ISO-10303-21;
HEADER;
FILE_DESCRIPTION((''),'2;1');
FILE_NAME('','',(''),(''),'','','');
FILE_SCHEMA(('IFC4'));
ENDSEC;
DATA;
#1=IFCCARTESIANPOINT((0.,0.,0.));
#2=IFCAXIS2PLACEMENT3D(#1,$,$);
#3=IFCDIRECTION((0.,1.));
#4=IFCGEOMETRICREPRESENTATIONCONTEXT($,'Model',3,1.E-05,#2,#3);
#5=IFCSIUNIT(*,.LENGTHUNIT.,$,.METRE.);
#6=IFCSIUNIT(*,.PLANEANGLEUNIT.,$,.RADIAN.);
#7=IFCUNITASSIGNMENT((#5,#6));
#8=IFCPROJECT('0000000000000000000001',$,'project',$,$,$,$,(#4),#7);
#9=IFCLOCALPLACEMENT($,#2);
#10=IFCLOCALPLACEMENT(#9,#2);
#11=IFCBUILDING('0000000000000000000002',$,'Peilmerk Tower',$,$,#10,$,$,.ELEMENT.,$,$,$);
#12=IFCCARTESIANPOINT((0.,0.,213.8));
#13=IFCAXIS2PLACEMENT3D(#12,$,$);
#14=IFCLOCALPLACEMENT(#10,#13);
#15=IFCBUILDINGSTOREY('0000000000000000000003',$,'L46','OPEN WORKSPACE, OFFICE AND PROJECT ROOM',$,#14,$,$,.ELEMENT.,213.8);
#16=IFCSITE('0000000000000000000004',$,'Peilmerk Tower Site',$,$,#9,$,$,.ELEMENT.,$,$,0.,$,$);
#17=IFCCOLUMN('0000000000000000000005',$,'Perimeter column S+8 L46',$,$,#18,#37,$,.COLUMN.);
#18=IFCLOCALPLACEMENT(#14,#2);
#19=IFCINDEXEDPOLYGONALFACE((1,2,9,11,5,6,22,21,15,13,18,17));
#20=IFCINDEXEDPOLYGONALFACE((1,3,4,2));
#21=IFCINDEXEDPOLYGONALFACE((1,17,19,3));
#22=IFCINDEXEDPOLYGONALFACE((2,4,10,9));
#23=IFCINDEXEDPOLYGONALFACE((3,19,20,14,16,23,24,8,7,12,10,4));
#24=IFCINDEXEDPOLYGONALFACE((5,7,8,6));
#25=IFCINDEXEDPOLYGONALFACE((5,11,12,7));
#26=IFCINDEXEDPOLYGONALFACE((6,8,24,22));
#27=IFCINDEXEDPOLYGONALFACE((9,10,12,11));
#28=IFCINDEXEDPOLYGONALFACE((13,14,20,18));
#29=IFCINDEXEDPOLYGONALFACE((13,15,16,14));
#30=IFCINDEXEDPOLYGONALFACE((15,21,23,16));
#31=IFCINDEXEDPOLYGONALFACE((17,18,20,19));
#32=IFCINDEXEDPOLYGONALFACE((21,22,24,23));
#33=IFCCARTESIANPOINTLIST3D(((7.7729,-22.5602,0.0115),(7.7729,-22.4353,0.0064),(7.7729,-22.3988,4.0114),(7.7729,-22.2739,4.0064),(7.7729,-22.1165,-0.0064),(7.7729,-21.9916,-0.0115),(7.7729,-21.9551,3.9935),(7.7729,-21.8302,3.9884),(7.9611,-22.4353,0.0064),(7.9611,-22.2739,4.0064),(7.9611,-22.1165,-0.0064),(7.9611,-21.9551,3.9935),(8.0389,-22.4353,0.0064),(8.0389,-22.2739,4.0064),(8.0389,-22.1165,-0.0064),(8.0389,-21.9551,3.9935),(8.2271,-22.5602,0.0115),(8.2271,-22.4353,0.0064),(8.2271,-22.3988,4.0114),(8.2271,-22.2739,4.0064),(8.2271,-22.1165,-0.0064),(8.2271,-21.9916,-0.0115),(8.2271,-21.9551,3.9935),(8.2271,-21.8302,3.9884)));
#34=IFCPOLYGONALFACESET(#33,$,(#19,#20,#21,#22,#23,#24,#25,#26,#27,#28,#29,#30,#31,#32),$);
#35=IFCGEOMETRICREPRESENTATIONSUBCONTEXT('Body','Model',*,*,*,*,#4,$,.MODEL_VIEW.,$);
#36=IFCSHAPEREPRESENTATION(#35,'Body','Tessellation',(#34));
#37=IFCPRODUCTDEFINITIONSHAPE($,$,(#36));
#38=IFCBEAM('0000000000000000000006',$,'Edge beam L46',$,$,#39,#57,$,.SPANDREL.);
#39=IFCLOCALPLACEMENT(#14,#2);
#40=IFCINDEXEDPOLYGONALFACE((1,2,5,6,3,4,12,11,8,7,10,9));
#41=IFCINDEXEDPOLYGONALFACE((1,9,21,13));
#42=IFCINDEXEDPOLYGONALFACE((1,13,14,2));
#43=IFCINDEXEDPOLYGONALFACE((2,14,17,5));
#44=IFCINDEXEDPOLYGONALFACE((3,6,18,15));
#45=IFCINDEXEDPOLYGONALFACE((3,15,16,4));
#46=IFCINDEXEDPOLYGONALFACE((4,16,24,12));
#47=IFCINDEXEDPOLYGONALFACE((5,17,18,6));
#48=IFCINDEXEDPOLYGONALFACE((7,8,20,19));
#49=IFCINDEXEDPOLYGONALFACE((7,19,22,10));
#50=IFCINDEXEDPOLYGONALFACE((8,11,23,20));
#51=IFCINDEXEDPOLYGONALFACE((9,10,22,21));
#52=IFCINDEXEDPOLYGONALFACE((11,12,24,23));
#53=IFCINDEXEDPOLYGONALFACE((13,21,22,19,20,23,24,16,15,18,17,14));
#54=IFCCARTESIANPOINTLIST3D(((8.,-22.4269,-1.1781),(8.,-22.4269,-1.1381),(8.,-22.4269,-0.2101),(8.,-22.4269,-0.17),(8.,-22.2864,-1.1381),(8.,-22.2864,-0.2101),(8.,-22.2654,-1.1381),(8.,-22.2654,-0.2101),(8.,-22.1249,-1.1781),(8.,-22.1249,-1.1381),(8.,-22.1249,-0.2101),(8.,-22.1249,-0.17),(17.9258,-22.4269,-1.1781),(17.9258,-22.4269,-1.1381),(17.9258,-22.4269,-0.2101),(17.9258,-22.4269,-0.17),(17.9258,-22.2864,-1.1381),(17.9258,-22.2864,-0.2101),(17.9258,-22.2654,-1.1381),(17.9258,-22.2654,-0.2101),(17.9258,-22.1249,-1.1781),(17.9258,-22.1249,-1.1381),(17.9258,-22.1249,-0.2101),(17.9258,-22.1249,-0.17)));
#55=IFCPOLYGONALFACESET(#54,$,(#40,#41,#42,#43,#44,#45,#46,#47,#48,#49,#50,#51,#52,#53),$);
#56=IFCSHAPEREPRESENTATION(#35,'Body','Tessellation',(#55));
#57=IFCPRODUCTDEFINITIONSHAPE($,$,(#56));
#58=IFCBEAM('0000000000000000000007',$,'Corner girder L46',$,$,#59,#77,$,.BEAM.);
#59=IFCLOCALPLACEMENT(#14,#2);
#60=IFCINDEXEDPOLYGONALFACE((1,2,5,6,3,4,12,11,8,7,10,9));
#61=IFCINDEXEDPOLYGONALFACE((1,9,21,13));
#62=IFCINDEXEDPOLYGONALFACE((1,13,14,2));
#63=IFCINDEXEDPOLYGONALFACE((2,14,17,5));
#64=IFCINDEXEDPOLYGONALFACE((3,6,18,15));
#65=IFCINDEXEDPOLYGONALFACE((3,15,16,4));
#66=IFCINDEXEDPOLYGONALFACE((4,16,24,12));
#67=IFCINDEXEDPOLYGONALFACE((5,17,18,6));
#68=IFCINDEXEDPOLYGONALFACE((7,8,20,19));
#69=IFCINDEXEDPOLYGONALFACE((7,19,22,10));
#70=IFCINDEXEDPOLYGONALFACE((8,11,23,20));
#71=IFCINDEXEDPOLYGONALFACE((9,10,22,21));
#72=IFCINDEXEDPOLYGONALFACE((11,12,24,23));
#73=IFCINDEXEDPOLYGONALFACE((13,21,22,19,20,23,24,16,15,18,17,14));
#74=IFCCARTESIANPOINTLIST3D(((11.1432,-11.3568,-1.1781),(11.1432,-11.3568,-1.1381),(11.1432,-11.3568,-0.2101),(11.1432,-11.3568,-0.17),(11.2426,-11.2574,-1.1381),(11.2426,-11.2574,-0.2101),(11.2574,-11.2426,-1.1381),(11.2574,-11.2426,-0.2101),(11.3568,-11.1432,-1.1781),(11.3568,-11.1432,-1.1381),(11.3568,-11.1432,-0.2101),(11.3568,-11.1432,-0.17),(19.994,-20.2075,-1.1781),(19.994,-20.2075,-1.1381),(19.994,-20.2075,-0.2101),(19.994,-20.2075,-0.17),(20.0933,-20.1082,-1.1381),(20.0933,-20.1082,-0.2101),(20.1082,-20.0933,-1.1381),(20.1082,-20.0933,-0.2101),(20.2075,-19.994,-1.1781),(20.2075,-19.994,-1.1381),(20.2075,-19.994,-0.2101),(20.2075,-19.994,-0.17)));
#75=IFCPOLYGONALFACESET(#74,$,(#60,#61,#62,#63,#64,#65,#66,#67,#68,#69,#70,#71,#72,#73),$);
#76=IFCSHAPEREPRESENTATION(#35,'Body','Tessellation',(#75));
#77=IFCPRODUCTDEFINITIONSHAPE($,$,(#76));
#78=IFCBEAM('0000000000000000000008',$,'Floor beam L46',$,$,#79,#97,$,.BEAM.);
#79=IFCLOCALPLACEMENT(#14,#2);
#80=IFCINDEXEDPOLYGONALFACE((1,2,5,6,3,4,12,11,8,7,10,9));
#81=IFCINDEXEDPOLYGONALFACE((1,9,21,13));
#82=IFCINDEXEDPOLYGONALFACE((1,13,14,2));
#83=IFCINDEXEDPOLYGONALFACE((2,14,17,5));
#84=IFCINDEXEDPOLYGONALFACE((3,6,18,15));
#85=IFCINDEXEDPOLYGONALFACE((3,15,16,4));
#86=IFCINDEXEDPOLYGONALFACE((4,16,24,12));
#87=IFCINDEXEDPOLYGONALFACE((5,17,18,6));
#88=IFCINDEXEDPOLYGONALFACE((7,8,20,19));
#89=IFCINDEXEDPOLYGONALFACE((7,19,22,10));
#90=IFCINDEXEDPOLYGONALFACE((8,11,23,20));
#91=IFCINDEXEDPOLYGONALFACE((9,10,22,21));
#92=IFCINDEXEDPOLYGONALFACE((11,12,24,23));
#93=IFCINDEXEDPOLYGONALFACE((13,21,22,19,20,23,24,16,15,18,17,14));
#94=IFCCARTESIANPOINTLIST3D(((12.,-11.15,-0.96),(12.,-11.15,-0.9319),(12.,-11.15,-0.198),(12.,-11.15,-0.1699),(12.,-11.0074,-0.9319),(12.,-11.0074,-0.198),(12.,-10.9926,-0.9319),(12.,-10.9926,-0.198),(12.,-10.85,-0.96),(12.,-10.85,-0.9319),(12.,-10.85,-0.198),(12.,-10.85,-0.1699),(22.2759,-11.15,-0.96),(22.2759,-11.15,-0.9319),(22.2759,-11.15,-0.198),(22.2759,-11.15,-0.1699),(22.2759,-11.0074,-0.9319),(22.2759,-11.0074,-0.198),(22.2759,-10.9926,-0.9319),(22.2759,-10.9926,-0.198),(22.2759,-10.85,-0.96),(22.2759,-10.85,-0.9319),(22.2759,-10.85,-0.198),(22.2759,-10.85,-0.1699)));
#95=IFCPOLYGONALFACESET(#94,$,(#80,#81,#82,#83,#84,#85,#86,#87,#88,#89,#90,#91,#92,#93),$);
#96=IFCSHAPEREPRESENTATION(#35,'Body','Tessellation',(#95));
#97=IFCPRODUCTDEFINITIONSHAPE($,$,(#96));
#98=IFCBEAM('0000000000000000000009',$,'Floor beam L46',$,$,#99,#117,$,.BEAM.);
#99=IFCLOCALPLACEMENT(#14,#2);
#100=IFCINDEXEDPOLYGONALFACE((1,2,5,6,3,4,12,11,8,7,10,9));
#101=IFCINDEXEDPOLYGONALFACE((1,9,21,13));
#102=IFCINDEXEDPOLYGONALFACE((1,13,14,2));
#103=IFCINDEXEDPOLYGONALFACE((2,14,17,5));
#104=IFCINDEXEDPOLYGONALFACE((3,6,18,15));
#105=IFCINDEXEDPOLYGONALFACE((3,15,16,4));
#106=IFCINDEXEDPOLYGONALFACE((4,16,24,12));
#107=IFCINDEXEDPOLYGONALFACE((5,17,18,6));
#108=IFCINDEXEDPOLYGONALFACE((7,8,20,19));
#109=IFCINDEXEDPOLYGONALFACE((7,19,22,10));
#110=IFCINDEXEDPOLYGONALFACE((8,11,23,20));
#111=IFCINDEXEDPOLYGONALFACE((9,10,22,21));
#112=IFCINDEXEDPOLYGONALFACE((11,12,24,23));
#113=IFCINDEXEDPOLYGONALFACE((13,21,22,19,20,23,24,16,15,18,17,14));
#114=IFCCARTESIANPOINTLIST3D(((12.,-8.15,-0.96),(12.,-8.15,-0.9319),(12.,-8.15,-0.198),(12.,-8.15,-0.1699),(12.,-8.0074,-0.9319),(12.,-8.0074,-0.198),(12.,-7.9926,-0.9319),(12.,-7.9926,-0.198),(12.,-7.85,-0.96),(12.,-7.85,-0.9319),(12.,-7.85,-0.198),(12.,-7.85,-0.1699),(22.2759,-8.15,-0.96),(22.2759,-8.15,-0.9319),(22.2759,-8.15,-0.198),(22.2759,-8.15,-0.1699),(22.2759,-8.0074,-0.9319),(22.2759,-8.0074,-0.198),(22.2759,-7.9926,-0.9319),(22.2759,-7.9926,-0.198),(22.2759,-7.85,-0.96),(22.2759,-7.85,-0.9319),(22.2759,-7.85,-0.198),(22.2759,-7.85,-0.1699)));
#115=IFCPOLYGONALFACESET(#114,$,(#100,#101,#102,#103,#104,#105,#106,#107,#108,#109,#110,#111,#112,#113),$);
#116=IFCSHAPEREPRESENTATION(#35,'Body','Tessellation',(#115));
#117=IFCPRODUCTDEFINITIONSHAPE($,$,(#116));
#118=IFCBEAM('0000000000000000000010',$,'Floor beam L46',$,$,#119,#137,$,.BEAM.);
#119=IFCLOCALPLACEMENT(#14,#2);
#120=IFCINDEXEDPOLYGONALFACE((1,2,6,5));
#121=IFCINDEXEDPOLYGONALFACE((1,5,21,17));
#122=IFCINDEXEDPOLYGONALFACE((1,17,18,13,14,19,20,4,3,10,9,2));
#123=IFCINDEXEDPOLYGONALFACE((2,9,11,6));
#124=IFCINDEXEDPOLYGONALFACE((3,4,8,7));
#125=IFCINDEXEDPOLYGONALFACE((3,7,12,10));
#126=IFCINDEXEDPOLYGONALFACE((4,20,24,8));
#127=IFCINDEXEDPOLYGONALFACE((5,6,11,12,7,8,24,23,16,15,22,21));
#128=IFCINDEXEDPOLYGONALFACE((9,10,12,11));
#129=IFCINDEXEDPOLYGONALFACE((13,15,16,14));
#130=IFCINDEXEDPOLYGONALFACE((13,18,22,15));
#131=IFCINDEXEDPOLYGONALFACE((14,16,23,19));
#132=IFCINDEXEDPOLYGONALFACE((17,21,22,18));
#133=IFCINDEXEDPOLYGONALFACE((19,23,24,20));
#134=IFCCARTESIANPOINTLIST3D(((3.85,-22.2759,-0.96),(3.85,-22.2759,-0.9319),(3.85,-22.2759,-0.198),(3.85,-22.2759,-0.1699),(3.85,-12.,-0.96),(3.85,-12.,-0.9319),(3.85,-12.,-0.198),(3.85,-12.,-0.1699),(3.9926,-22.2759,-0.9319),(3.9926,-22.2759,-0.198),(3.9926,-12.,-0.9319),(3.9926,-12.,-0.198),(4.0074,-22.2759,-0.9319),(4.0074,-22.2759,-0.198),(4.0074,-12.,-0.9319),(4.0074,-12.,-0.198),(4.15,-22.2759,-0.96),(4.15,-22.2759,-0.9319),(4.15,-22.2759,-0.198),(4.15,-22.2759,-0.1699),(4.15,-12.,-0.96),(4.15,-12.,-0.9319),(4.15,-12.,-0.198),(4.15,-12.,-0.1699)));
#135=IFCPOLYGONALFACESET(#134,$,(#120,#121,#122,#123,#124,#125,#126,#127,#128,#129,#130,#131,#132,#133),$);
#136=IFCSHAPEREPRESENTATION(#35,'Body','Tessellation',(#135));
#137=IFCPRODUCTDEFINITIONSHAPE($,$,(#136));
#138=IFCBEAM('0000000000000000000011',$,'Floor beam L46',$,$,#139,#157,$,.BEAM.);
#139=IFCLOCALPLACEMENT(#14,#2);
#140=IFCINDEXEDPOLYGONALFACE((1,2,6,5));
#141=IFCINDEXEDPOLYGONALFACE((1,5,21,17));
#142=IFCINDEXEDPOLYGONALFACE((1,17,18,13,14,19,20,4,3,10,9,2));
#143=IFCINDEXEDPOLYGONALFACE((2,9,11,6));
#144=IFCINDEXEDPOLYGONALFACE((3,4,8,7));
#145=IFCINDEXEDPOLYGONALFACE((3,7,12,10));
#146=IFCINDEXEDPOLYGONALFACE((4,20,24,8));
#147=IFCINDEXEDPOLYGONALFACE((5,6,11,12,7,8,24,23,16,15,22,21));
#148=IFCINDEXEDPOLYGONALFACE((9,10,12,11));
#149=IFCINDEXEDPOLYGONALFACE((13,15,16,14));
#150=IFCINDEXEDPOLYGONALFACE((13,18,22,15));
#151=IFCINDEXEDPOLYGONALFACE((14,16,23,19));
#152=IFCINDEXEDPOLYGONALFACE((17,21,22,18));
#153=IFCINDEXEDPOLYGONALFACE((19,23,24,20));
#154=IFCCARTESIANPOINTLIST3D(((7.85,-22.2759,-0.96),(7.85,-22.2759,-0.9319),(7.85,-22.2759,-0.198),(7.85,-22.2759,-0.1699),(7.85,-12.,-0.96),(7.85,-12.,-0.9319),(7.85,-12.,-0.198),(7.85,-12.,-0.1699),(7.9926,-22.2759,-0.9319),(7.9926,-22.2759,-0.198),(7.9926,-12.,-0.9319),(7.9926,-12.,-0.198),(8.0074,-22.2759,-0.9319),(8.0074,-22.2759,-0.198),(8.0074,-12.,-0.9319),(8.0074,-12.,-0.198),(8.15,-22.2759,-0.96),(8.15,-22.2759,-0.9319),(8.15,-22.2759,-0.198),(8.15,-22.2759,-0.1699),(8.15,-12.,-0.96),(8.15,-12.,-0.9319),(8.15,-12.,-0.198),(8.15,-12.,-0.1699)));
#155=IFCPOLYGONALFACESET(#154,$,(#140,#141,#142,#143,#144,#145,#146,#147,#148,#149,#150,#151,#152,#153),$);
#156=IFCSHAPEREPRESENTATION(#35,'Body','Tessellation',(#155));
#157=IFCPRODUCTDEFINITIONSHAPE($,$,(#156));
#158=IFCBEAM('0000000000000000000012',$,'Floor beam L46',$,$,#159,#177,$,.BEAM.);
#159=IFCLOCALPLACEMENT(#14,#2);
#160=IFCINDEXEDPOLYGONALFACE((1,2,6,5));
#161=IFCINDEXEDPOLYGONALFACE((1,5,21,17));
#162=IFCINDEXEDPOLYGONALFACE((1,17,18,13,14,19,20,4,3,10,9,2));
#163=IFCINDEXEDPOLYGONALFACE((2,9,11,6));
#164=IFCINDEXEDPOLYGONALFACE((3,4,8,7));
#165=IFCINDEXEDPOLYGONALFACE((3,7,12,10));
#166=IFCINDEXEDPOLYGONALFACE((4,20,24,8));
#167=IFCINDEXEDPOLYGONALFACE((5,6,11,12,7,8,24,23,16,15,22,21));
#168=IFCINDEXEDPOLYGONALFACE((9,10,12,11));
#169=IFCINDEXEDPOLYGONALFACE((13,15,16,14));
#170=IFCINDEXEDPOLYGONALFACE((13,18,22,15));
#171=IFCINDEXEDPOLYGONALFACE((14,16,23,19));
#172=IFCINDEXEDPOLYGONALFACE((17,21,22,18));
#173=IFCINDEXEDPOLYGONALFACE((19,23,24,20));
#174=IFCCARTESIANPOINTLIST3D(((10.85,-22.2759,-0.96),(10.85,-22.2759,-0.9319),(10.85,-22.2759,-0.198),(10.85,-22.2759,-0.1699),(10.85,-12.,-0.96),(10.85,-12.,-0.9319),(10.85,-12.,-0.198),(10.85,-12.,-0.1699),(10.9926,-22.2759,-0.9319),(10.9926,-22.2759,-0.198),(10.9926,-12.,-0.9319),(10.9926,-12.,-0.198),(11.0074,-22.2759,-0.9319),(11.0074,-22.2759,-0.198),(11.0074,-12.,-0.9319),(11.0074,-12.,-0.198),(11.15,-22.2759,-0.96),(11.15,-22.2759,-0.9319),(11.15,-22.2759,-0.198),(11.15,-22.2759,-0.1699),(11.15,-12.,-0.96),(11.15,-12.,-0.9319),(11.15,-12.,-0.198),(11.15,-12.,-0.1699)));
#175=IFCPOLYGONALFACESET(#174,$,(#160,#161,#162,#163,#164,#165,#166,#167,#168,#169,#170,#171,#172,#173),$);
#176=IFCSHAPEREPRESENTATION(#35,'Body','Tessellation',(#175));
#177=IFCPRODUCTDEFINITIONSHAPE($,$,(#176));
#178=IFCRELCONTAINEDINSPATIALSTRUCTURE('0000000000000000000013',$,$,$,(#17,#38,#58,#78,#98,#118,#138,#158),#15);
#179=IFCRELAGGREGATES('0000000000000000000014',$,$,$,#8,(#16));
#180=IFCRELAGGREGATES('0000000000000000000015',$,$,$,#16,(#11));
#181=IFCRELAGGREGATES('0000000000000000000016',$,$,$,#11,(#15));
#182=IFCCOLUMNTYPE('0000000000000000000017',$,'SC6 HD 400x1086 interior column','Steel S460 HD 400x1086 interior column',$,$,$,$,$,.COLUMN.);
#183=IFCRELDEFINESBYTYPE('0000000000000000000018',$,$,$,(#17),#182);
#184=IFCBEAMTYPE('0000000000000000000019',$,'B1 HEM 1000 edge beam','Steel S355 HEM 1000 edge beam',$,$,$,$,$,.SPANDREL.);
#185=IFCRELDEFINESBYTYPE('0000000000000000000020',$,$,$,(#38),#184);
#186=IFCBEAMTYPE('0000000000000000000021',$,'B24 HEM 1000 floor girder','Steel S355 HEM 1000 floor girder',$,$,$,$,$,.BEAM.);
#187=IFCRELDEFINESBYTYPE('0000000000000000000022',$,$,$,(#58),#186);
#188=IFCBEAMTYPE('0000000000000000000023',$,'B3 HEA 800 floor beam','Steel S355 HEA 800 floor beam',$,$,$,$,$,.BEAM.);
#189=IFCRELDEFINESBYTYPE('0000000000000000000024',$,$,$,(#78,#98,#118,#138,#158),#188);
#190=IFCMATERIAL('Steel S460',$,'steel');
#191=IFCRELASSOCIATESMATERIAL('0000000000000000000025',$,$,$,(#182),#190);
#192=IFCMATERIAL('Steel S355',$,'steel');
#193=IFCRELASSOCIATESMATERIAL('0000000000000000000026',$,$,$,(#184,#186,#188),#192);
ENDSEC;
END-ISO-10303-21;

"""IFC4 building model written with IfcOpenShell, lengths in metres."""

from ifc_helpers import new_model, si_unit, direction, frame, origin, origin_2d, place, context, subcontext, project, spatial, i_section, extrude, material, material_profile, profile_set, type_object, element, save


model = new_model("IFC4")

# Units and contexts
model_context = context("Model", 3, precision=1e-05, world=origin(), true_north=direction((0.0, 1.0)))
body_context = subcontext(model_context, "Body", "Model", "MODEL_VIEW")
ifc_project = project(units=[si_unit("LENGTHUNIT", "METRE"), si_unit("PLANEANGLEUNIT", "RADIAN")], contexts=[model_context])

# Site, building, storey
site_placement = place(None, origin())
site = spatial("IfcSite", under=ifc_project, at=site_placement, Name="Peilmerk Tower Site", CompositionType="ELEMENT", RefElevation=0.0)
building_placement = place(site_placement, origin())
building = spatial("IfcBuilding", under=site, at=building_placement, Name="Peilmerk Tower", CompositionType="ELEMENT")
storey_placement = place(building_placement, frame((0.0, 0.0, 213.8)))
storey = spatial("IfcBuildingStorey", under=building, at=storey_placement, Name="L46", Description="OPEN WORKSPACE, OFFICE AND PROJECT ROOM", CompositionType="ELEMENT", Elevation=213.8)

# Column
ifc_material_1 = material(Name="Steel S460", Category="steel")
ifc_material_profile_1 = material_profile(ifc_material_1, i_section(OverallWidth=0.4541, OverallDepth=0.5691, WebThickness=0.0779, FlangeThickness=0.125, at=origin_2d()), Name="HD 400x1086")
ifc_profile_set_1 = profile_set([ifc_material_profile_1], Name="Steel S460")
column_type = type_object("IfcColumnType", Name="SC6 HD 400x1086 interior column", Description="Steel S460 HD 400x1086 interior column", PredefinedType="COLUMN", material=ifc_profile_set_1)
column_placement = place(storey_placement, frame((8.0, -22.2759, 0.0), z_axis=(0.0, 0.040311, 0.999187), x_axis=(-1.0, 0.0, 0.0)))
element("IfcColumn", 1, at=column_placement, inside=storey, type_object=column_type, Name="Perimeter column S+8 L46", PredefinedType="COLUMN", context=body_context, shape_type="SweptSolid", body=[
    extrude(i_section(OverallWidth=0.4541, OverallDepth=0.5691, WebThickness=0.0779, FlangeThickness=0.125, at=origin_2d()), origin(), (0.0, 0.0, 1.0), 4.0032),
])

# Beams
ifc_material_2 = material(Name="Steel S355", Category="steel")
ifc_material_profile_2 = material_profile(ifc_material_2, i_section(OverallWidth=0.302, OverallDepth=1.0081, WebThickness=0.021, FlangeThickness=0.04, at=origin_2d()), Name="HEM 1000")
ifc_profile_set_2 = profile_set([ifc_material_profile_2], Name="Steel S355")
beam_type_1 = type_object("IfcBeamType", Name="B1 HEM 1000 edge beam", Description="Steel S355 HEM 1000 edge beam", PredefinedType="SPANDREL", material=ifc_profile_set_2)
beam_1_placement = place(storey_placement, frame((8.0, -22.2759, -0.6741), z_axis=(1.0, 0.0, 0.0), x_axis=(0.0, 1.0, 0.0)))
element("IfcBeam", 2, at=beam_1_placement, inside=storey, type_object=beam_type_1, Name="Edge beam L46", PredefinedType="SPANDREL", context=body_context, shape_type="SweptSolid", body=[
    extrude(i_section(OverallWidth=0.302, OverallDepth=1.0081, WebThickness=0.021, FlangeThickness=0.04, at=origin_2d()), origin(), (0.0, 0.0, 1.0), 9.9258),
])
ifc_material_profile_3 = material_profile(ifc_material_2, i_section(OverallWidth=0.302, OverallDepth=1.0081, WebThickness=0.021, FlangeThickness=0.04, at=origin_2d()), Name="HEM 1000")
ifc_profile_set_3 = profile_set([ifc_material_profile_3], Name="Steel S355")
beam_type_2 = type_object("IfcBeamType", Name="B24 HEM 1000 floor girder", Description="Steel S355 HEM 1000 floor girder", PredefinedType="BEAM", material=ifc_profile_set_3)
beam_2_placement = place(storey_placement, frame((11.25, -11.25, -0.6741), z_axis=(0.707107, -0.707107, 0.0), x_axis=(0.707107, 0.707107, 0.0)))
element("IfcBeam", 3, at=beam_2_placement, inside=storey, type_object=beam_type_2, Name="Corner girder L46", PredefinedType="BEAM", context=body_context, shape_type="SweptSolid", body=[
    extrude(i_section(OverallWidth=0.302, OverallDepth=1.0081, WebThickness=0.021, FlangeThickness=0.04, at=origin_2d()), origin(), (0.0, 0.0, 1.0), 12.5168),
])
ifc_material_profile_4 = material_profile(ifc_material_2, i_section(OverallWidth=0.3, OverallDepth=0.79, WebThickness=0.0149, FlangeThickness=0.0281, at=origin_2d()), Name="HEA 800")
ifc_profile_set_4 = profile_set([ifc_material_profile_4], Name="Steel S355")
beam_type_3 = type_object("IfcBeamType", Name="B3 HEA 800 floor beam", Description="Steel S355 HEA 800 floor beam", PredefinedType="BEAM", material=ifc_profile_set_4)
for number, where, z_axis, x_axis, name in (
    (4, (12.0, -11.0, -0.5649), (1.0, 0.0, 0.0), (0.0, 1.0, 0.0), "Floor beam L46"),
    (5, (12.0, -8.0, -0.5649), (1.0, 0.0, 0.0), (0.0, 1.0, 0.0), "Floor beam L46"),
    (6, (4.0, -12.0, -0.5649), (0.0, -1.0, 0.0), (1.0, 0.0, 0.0), "Floor beam L46"),
    (7, (8.0, -12.0, -0.5649), (0.0, -1.0, 0.0), (1.0, 0.0, 0.0), "Floor beam L46"),
    (8, (11.0, -12.0, -0.5649), (0.0, -1.0, 0.0), (1.0, 0.0, 0.0), "Floor beam L46"),
):
    element("IfcBeam", number, at=place(storey_placement, frame(where, z_axis=z_axis, x_axis=x_axis)), inside=storey, type_object=beam_type_3, Name=name, PredefinedType="BEAM", context=body_context, shape_type="SweptSolid", body=[
        extrude(i_section(OverallWidth=0.3, OverallDepth=0.79, WebThickness=0.0149, FlangeThickness=0.0281, at=origin_2d()), origin(), (0.0, 0.0, 1.0), 10.2759),
    ])

save(model, "model.ifc")
